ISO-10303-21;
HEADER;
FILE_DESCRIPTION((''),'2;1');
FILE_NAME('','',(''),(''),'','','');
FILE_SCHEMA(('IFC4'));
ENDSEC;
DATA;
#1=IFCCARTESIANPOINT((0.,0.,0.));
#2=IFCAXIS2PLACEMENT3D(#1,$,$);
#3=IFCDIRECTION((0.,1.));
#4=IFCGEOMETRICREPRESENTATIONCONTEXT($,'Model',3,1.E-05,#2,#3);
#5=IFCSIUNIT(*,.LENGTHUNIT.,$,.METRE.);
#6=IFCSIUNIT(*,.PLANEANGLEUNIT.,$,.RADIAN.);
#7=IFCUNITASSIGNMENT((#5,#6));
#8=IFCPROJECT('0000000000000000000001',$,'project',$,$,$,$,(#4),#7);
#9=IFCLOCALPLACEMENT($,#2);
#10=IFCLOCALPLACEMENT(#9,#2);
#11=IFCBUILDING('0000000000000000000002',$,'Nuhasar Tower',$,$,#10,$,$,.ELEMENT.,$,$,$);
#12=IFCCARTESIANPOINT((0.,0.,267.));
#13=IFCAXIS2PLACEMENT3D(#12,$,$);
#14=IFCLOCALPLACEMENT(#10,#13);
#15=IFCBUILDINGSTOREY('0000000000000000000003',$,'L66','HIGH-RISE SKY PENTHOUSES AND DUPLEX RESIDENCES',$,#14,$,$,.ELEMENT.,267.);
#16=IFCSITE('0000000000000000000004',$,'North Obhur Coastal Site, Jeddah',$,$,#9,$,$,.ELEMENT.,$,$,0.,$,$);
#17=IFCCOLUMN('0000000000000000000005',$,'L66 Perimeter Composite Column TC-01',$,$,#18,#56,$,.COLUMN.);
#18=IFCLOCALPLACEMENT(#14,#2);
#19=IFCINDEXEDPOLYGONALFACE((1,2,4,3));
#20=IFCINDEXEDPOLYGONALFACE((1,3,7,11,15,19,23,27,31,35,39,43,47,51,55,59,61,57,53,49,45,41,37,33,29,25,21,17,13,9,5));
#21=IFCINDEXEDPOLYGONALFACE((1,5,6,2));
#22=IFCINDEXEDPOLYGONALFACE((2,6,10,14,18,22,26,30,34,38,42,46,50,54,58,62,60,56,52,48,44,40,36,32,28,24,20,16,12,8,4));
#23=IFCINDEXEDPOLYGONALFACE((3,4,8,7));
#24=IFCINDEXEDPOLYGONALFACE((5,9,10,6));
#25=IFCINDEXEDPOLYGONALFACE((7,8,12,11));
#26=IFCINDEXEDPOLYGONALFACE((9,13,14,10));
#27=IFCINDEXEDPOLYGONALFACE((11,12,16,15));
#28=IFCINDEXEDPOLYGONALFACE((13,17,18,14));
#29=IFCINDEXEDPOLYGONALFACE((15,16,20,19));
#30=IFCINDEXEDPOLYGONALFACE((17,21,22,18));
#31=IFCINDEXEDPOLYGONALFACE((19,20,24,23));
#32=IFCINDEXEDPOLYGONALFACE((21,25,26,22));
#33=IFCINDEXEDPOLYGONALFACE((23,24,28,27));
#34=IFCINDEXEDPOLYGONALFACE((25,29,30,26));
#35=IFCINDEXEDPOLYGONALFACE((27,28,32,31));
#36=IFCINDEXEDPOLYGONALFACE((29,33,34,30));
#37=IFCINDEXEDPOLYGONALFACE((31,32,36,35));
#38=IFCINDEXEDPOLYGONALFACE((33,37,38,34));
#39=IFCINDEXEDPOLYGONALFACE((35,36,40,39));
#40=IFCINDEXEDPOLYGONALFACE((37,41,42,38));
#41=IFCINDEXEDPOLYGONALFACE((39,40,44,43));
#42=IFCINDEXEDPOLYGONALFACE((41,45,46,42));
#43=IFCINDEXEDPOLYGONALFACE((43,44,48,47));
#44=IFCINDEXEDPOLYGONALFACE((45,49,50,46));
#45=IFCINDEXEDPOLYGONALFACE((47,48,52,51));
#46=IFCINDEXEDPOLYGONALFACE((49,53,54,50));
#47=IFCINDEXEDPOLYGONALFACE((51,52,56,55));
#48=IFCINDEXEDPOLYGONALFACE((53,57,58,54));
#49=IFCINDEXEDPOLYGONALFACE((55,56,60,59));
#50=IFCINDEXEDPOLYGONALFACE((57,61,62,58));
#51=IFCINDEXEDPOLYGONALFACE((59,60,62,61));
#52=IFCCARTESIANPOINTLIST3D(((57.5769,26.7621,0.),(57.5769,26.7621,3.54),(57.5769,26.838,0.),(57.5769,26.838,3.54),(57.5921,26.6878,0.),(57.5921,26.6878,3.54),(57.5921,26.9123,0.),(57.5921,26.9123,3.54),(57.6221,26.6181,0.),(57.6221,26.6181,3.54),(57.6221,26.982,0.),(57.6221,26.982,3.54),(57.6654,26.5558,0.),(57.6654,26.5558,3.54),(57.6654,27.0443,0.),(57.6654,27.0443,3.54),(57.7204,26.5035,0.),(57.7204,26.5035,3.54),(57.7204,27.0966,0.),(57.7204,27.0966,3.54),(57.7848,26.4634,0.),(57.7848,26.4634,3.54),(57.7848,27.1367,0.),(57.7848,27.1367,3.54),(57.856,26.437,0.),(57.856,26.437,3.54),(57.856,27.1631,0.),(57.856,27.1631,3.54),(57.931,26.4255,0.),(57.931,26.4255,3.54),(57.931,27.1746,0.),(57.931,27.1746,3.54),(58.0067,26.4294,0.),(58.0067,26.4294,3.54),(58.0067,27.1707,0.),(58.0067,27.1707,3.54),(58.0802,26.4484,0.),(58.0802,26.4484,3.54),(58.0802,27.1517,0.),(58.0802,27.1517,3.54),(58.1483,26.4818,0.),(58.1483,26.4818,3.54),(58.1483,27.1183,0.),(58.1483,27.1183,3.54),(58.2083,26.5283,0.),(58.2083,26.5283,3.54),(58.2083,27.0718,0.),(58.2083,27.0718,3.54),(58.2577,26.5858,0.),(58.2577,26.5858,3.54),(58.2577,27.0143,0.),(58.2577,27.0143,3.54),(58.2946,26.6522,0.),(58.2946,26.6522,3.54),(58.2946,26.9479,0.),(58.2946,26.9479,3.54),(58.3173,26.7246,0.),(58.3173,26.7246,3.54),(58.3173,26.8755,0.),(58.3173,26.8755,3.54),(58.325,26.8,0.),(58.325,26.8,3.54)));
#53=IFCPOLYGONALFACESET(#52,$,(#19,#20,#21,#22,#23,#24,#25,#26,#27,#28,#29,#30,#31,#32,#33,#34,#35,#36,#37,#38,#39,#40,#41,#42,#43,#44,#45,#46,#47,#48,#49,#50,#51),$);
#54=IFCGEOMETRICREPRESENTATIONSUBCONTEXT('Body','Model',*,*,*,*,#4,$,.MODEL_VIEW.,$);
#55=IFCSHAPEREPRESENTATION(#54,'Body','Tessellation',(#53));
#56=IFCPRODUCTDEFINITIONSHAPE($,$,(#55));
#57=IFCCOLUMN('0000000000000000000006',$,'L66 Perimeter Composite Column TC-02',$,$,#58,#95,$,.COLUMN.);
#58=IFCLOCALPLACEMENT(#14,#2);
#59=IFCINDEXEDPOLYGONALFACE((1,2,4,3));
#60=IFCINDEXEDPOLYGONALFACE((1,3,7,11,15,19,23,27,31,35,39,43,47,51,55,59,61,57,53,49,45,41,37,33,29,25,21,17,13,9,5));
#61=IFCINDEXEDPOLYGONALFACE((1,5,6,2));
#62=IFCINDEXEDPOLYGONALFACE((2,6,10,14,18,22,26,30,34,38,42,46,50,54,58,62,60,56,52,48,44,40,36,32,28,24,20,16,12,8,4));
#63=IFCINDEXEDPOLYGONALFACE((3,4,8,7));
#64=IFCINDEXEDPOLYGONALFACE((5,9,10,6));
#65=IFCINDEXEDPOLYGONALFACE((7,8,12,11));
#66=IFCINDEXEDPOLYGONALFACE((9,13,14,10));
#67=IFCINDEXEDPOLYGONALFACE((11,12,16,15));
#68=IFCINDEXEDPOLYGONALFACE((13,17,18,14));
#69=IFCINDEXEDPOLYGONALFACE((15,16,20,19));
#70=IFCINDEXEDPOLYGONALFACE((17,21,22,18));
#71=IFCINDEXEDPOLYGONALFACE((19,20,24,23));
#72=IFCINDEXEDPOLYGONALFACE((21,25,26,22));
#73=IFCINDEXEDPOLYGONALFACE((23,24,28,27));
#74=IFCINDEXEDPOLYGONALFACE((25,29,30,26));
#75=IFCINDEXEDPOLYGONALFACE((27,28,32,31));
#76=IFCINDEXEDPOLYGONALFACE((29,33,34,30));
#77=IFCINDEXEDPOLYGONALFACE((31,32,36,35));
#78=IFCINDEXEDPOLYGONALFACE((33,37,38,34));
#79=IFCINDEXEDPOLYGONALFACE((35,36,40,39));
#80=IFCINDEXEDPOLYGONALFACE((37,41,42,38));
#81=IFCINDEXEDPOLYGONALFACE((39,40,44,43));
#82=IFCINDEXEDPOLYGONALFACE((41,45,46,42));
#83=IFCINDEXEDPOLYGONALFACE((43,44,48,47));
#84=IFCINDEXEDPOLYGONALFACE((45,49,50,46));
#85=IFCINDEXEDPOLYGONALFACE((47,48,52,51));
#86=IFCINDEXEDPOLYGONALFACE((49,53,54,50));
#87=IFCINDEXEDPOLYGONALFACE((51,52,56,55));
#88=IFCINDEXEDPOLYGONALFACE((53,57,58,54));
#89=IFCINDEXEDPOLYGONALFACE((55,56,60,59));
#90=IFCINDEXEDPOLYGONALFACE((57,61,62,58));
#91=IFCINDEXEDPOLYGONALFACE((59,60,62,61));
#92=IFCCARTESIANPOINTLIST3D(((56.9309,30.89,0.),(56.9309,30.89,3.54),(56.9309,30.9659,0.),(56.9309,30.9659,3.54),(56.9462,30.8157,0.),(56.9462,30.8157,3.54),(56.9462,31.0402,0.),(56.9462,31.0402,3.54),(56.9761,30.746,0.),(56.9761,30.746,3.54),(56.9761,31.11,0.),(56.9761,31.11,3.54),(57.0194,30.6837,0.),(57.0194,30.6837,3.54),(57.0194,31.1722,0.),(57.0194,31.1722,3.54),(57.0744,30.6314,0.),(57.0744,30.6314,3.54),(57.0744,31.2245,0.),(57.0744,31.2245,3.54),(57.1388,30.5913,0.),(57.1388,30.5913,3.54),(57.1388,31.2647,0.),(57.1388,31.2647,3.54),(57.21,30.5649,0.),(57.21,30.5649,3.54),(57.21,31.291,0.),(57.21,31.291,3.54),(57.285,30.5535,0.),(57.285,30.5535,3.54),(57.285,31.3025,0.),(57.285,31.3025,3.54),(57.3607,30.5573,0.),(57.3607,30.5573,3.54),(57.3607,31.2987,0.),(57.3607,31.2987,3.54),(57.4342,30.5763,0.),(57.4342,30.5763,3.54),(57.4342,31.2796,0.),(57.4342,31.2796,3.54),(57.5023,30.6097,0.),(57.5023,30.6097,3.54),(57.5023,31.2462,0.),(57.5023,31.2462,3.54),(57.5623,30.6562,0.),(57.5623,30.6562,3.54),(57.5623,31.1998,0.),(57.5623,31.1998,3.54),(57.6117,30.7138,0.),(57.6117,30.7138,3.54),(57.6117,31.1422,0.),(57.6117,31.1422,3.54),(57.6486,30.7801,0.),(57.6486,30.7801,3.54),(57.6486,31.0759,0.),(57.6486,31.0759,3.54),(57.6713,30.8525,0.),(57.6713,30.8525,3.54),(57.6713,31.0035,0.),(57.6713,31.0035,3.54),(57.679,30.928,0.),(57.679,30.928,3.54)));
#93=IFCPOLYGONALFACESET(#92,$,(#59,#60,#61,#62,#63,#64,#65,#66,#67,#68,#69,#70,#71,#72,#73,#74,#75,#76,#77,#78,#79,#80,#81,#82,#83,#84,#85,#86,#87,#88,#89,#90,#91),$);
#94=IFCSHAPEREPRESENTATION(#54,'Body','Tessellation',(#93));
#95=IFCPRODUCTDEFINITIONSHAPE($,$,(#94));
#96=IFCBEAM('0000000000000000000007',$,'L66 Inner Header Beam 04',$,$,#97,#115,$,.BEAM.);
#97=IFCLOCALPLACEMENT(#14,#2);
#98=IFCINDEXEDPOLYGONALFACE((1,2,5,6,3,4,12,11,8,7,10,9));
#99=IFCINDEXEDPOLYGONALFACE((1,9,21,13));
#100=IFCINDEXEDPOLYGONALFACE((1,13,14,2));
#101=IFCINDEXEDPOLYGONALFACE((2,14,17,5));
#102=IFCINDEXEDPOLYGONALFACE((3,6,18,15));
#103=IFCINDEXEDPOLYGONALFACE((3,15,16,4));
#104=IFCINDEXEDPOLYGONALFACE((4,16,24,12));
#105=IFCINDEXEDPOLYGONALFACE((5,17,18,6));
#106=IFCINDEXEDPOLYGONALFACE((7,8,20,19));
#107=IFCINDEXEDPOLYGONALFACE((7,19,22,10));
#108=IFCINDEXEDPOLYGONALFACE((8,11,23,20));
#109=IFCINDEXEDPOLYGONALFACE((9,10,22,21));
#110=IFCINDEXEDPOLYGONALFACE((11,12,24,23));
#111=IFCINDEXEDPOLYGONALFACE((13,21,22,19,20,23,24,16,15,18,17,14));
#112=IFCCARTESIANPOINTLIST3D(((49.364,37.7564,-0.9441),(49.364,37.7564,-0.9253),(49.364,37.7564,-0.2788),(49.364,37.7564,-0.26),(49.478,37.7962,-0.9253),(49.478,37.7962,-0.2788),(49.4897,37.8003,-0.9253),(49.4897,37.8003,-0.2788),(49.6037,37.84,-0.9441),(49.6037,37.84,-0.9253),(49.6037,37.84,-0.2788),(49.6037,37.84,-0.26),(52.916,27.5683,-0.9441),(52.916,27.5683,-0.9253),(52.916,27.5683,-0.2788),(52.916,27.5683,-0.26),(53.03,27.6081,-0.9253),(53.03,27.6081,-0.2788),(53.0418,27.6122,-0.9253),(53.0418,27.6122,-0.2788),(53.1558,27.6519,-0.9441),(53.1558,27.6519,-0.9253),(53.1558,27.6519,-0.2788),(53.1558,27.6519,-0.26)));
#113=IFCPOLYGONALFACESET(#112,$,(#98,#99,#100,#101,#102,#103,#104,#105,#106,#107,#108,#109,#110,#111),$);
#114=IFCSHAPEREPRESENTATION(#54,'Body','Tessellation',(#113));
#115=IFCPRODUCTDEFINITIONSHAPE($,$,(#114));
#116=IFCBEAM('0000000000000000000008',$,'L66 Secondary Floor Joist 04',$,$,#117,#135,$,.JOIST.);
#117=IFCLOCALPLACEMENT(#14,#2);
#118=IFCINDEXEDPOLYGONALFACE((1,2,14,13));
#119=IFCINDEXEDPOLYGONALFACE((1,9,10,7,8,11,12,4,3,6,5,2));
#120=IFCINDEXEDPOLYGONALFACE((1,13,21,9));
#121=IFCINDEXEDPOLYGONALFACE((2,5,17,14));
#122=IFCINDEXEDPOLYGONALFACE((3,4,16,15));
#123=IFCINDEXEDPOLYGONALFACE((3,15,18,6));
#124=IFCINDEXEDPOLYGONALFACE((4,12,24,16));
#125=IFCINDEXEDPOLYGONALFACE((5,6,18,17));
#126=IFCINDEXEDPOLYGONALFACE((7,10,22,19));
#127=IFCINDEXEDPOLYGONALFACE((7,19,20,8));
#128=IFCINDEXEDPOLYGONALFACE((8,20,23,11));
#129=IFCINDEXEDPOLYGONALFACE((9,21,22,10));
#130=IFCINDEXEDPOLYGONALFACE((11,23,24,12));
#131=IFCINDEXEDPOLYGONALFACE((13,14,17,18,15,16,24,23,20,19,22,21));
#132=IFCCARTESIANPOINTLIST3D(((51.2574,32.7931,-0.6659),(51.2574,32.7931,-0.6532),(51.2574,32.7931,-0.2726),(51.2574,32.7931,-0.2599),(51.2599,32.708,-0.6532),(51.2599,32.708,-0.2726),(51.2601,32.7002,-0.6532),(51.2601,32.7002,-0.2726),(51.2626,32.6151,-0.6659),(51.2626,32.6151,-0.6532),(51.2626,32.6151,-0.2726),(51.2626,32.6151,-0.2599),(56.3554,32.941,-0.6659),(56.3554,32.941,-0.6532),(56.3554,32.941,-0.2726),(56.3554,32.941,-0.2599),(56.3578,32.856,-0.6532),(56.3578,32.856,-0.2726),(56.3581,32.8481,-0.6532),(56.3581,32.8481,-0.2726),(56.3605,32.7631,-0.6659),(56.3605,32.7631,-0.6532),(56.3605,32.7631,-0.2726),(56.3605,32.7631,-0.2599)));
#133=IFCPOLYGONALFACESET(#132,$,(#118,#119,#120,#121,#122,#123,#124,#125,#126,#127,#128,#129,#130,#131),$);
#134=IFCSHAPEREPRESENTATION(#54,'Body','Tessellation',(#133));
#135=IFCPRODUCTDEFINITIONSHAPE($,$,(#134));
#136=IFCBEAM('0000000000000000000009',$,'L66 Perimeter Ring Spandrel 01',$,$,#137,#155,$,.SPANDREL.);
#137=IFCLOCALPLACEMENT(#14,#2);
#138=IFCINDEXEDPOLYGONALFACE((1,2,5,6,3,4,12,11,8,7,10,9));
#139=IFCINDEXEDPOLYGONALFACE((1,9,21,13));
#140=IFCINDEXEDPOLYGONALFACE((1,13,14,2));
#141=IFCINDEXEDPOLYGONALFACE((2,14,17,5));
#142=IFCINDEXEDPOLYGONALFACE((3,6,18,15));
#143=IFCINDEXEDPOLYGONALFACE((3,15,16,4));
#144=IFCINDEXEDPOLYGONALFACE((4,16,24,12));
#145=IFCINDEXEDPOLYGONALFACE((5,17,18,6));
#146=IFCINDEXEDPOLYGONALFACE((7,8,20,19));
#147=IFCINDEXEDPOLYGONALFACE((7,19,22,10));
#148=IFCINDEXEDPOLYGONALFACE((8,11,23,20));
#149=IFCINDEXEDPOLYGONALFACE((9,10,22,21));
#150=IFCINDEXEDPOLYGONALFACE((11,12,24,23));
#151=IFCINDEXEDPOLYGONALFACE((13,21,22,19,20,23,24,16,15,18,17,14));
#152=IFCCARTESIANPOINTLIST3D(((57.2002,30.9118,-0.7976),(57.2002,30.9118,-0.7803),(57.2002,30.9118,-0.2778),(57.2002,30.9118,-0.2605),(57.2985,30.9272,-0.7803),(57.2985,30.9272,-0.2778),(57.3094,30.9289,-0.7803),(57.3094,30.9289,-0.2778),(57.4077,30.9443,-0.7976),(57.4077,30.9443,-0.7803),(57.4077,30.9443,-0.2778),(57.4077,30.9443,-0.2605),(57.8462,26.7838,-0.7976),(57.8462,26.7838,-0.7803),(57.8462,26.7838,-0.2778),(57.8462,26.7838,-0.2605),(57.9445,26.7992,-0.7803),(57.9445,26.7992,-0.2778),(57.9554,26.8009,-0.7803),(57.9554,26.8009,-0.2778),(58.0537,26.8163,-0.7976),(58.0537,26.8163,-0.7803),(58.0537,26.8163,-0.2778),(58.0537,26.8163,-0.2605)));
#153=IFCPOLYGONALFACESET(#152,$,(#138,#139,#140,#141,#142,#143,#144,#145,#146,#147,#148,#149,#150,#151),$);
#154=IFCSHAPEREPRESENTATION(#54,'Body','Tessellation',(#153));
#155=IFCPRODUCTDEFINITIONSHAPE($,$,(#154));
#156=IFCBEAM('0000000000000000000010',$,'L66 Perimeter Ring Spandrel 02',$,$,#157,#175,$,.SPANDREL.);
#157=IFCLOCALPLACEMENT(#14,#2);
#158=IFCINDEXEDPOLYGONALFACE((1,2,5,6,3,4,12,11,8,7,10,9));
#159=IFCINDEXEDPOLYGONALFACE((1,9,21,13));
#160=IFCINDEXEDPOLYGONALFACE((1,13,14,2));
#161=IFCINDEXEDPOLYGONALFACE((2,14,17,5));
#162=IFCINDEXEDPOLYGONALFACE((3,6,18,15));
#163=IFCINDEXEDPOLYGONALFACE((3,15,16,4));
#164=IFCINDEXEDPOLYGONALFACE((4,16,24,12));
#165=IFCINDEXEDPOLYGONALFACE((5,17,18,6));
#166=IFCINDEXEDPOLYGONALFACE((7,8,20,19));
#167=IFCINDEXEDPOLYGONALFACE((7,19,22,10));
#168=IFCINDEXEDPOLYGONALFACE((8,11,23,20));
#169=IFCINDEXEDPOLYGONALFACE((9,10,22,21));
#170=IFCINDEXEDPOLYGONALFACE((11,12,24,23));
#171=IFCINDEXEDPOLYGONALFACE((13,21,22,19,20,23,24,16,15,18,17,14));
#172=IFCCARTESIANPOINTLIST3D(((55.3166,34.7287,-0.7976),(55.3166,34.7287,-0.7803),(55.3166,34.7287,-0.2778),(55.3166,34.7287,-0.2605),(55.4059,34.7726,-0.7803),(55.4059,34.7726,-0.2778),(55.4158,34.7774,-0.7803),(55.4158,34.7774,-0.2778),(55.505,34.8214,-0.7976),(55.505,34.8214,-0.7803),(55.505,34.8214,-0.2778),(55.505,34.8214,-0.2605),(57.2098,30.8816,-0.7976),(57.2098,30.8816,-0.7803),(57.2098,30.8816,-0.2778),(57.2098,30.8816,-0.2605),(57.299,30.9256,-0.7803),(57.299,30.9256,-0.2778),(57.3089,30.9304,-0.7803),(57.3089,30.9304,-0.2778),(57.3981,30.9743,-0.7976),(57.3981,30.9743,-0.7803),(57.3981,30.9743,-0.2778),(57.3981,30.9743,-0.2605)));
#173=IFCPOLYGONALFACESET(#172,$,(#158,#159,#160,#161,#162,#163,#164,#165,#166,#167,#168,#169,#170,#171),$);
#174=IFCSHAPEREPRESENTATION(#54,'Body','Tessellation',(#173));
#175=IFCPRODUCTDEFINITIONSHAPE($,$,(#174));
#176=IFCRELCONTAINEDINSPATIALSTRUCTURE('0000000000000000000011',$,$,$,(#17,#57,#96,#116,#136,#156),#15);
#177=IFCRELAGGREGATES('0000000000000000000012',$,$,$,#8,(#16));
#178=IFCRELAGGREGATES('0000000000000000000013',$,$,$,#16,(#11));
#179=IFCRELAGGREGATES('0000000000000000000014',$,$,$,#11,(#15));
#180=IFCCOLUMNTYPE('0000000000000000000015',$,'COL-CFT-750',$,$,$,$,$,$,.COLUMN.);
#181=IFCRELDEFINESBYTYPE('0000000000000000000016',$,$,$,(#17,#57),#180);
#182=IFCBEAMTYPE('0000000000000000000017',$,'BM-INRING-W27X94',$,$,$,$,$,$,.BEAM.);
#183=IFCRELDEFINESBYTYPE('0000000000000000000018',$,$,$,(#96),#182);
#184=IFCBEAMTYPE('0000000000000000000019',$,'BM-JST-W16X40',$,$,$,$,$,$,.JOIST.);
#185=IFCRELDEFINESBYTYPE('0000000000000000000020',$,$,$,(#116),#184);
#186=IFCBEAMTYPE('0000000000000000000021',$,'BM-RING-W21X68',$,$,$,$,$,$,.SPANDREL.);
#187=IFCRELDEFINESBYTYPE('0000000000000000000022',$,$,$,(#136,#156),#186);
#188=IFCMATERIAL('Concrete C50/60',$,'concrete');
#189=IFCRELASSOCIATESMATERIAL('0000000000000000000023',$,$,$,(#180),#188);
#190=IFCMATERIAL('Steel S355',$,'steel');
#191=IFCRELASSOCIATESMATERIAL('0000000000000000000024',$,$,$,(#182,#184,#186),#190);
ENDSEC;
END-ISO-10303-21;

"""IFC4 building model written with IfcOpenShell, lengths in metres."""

from ifc_helpers import new_model, si_unit, direction, frame, origin, origin_2d, place, context, subcontext, project, spatial, circle, i_section, extrude, material, material_profile, profile_set, type_object, element, save


model = new_model("IFC4")

# Units and contexts
model_context = context("Model", 3, precision=1e-05, world=origin(), true_north=direction((0.0, 1.0)))
body_context = subcontext(model_context, "Body", "Model", "MODEL_VIEW")
ifc_project = project(units=[si_unit("LENGTHUNIT", "METRE"), si_unit("PLANEANGLEUNIT", "RADIAN")], contexts=[model_context])

# Site, building, storey
site_placement = place(None, origin())
site = spatial("IfcSite", under=ifc_project, at=site_placement, Name="North Obhur Coastal Site, Jeddah", CompositionType="ELEMENT", RefElevation=0.0)
building_placement = place(site_placement, origin())
building = spatial("IfcBuilding", under=site, at=building_placement, Name="Nuhasar Tower", CompositionType="ELEMENT")
storey_placement = place(building_placement, frame((0.0, 0.0, 267.0)))
storey = spatial("IfcBuildingStorey", under=building, at=storey_placement, Name="L66", Description="HIGH-RISE SKY PENTHOUSES AND DUPLEX RESIDENCES", CompositionType="ELEMENT", Elevation=267.0)

# Columns
ifc_material_1 = material(Name="Concrete C50/60", Category="concrete")
ifc_material_profile_1 = material_profile(ifc_material_1, circle(Radius=0.375, at=origin_2d()), Name="CFT750")
ifc_profile_set_1 = profile_set([ifc_material_profile_1], Name="Concrete C50/60")
column_type = type_object("IfcColumnType", Name="COL-CFT-750", PredefinedType="COLUMN", material=ifc_profile_set_1)
for number, where, z_axis, x_axis, name in (
    (1, (57.95, 26.8, 0.0), (0.0, 0.0, 1.0), (1.0, 0.0, 0.0), "L66 Perimeter Composite Column TC-01"),
    (2, (57.304, 30.928, 0.0), (0.0, 0.0, 1.0), (1.0, 0.0, 0.0), "L66 Perimeter Composite Column TC-02"),
):
    element("IfcColumn", number, at=place(storey_placement, frame(where, z_axis=z_axis, x_axis=x_axis)), inside=storey, type_object=column_type, Name=name, PredefinedType="COLUMN", context=body_context, shape_type="SweptSolid", body=[
        extrude(circle(Radius=0.375, at=origin_2d()), origin(), (0.0, 0.0, 1.0), 3.54),
    ])

# Beams
ifc_material_2 = material(Name="Steel S355", Category="steel")
ifc_material_profile_2 = material_profile(ifc_material_2, i_section(OverallWidth=0.2539, OverallDepth=0.6841, WebThickness=0.0125, FlangeThickness=0.0188, at=origin_2d()), Name="W27X94")
ifc_profile_set_2 = profile_set([ifc_material_profile_2], Name="Steel S355")
beam_type_1 = type_object("IfcBeamType", Name="BM-INRING-W27X94", PredefinedType="BEAM", material=ifc_profile_set_2)
beam_1_placement = place(storey_placement, frame((53.0359, 27.6101, -0.6021), z_axis=(-0.329211, 0.944256, 0.0), x_axis=(-0.944256, -0.329211, 0.0)))
element("IfcBeam", 3, at=beam_1_placement, inside=storey, type_object=beam_type_1, Name="L66 Inner Header Beam 04", PredefinedType="BEAM", context=body_context, shape_type="SweptSolid", body=[
    extrude(i_section(OverallWidth=0.2539, OverallDepth=0.6841, WebThickness=0.0125, FlangeThickness=0.0188, at=origin_2d()), origin(), (0.0, 0.0, 1.0), 10.7896),
])
ifc_material_profile_3 = material_profile(ifc_material_2, i_section(OverallWidth=0.178, OverallDepth=0.406, WebThickness=0.0078, FlangeThickness=0.0127, at=origin_2d()), Name="W16X40")
ifc_profile_set_3 = profile_set([ifc_material_profile_3], Name="Steel S355")
beam_type_2 = type_object("IfcBeamType", Name="BM-JST-W16X40", PredefinedType="JOIST", material=ifc_profile_set_3)
beam_2_placement = place(storey_placement, frame((51.26, 32.7041, -0.4629), z_axis=(0.999579, 0.029009, 0.0), x_axis=(-0.029009, 0.999579, 0.0)))
element("IfcBeam", 4, at=beam_2_placement, inside=storey, type_object=beam_type_2, Name="L66 Secondary Floor Joist 04", PredefinedType="JOIST", context=body_context, shape_type="SweptSolid", body=[
    extrude(i_section(OverallWidth=0.178, OverallDepth=0.406, WebThickness=0.0078, FlangeThickness=0.0127, at=origin_2d()), origin(), (0.0, 0.0, 1.0), 5.1001),
])
ifc_material_profile_4 = material_profile(ifc_material_2, i_section(OverallWidth=0.21, OverallDepth=0.5371, WebThickness=0.011, FlangeThickness=0.0173, at=origin_2d()), Name="W21X68")
ifc_profile_set_4 = profile_set([ifc_material_profile_4], Name="Steel S355")
beam_type_3 = type_object("IfcBeamType", Name="BM-RING-W21X68", PredefinedType="SPANDREL", material=ifc_profile_set_4)
beam_3_placement = place(storey_placement, frame((57.95, 26.8, -0.5291), z_axis=(-0.154612, 0.987975, 0.0), x_axis=(-0.987975, -0.154612, 0.0)))
element("IfcBeam", 5, at=beam_3_placement, inside=storey, type_object=beam_type_3, Name="L66 Perimeter Ring Spandrel 01", PredefinedType="SPANDREL", context=body_context, shape_type="SweptSolid", body=[
    extrude(i_section(OverallWidth=0.21, OverallDepth=0.5371, WebThickness=0.011, FlangeThickness=0.0173, at=origin_2d()), origin(), (0.0, 0.0, 1.0), 4.1782),
])
beam_4_placement = place(storey_placement, frame((57.304, 30.928, -0.5291), z_axis=(-0.441533, 0.897245, 0.0), x_axis=(-0.897245, -0.441533, 0.0)))
element("IfcBeam", 6, at=beam_4_placement, inside=storey, type_object=beam_type_3, Name="L66 Perimeter Ring Spandrel 02", PredefinedType="SPANDREL", context=body_context, shape_type="SweptSolid", body=[
    extrude(i_section(OverallWidth=0.21, OverallDepth=0.5371, WebThickness=0.011, FlangeThickness=0.0173, at=origin_2d()), origin(), (0.0, 0.0, 1.0), 4.2876),
])

save(model, "model.ifc")
